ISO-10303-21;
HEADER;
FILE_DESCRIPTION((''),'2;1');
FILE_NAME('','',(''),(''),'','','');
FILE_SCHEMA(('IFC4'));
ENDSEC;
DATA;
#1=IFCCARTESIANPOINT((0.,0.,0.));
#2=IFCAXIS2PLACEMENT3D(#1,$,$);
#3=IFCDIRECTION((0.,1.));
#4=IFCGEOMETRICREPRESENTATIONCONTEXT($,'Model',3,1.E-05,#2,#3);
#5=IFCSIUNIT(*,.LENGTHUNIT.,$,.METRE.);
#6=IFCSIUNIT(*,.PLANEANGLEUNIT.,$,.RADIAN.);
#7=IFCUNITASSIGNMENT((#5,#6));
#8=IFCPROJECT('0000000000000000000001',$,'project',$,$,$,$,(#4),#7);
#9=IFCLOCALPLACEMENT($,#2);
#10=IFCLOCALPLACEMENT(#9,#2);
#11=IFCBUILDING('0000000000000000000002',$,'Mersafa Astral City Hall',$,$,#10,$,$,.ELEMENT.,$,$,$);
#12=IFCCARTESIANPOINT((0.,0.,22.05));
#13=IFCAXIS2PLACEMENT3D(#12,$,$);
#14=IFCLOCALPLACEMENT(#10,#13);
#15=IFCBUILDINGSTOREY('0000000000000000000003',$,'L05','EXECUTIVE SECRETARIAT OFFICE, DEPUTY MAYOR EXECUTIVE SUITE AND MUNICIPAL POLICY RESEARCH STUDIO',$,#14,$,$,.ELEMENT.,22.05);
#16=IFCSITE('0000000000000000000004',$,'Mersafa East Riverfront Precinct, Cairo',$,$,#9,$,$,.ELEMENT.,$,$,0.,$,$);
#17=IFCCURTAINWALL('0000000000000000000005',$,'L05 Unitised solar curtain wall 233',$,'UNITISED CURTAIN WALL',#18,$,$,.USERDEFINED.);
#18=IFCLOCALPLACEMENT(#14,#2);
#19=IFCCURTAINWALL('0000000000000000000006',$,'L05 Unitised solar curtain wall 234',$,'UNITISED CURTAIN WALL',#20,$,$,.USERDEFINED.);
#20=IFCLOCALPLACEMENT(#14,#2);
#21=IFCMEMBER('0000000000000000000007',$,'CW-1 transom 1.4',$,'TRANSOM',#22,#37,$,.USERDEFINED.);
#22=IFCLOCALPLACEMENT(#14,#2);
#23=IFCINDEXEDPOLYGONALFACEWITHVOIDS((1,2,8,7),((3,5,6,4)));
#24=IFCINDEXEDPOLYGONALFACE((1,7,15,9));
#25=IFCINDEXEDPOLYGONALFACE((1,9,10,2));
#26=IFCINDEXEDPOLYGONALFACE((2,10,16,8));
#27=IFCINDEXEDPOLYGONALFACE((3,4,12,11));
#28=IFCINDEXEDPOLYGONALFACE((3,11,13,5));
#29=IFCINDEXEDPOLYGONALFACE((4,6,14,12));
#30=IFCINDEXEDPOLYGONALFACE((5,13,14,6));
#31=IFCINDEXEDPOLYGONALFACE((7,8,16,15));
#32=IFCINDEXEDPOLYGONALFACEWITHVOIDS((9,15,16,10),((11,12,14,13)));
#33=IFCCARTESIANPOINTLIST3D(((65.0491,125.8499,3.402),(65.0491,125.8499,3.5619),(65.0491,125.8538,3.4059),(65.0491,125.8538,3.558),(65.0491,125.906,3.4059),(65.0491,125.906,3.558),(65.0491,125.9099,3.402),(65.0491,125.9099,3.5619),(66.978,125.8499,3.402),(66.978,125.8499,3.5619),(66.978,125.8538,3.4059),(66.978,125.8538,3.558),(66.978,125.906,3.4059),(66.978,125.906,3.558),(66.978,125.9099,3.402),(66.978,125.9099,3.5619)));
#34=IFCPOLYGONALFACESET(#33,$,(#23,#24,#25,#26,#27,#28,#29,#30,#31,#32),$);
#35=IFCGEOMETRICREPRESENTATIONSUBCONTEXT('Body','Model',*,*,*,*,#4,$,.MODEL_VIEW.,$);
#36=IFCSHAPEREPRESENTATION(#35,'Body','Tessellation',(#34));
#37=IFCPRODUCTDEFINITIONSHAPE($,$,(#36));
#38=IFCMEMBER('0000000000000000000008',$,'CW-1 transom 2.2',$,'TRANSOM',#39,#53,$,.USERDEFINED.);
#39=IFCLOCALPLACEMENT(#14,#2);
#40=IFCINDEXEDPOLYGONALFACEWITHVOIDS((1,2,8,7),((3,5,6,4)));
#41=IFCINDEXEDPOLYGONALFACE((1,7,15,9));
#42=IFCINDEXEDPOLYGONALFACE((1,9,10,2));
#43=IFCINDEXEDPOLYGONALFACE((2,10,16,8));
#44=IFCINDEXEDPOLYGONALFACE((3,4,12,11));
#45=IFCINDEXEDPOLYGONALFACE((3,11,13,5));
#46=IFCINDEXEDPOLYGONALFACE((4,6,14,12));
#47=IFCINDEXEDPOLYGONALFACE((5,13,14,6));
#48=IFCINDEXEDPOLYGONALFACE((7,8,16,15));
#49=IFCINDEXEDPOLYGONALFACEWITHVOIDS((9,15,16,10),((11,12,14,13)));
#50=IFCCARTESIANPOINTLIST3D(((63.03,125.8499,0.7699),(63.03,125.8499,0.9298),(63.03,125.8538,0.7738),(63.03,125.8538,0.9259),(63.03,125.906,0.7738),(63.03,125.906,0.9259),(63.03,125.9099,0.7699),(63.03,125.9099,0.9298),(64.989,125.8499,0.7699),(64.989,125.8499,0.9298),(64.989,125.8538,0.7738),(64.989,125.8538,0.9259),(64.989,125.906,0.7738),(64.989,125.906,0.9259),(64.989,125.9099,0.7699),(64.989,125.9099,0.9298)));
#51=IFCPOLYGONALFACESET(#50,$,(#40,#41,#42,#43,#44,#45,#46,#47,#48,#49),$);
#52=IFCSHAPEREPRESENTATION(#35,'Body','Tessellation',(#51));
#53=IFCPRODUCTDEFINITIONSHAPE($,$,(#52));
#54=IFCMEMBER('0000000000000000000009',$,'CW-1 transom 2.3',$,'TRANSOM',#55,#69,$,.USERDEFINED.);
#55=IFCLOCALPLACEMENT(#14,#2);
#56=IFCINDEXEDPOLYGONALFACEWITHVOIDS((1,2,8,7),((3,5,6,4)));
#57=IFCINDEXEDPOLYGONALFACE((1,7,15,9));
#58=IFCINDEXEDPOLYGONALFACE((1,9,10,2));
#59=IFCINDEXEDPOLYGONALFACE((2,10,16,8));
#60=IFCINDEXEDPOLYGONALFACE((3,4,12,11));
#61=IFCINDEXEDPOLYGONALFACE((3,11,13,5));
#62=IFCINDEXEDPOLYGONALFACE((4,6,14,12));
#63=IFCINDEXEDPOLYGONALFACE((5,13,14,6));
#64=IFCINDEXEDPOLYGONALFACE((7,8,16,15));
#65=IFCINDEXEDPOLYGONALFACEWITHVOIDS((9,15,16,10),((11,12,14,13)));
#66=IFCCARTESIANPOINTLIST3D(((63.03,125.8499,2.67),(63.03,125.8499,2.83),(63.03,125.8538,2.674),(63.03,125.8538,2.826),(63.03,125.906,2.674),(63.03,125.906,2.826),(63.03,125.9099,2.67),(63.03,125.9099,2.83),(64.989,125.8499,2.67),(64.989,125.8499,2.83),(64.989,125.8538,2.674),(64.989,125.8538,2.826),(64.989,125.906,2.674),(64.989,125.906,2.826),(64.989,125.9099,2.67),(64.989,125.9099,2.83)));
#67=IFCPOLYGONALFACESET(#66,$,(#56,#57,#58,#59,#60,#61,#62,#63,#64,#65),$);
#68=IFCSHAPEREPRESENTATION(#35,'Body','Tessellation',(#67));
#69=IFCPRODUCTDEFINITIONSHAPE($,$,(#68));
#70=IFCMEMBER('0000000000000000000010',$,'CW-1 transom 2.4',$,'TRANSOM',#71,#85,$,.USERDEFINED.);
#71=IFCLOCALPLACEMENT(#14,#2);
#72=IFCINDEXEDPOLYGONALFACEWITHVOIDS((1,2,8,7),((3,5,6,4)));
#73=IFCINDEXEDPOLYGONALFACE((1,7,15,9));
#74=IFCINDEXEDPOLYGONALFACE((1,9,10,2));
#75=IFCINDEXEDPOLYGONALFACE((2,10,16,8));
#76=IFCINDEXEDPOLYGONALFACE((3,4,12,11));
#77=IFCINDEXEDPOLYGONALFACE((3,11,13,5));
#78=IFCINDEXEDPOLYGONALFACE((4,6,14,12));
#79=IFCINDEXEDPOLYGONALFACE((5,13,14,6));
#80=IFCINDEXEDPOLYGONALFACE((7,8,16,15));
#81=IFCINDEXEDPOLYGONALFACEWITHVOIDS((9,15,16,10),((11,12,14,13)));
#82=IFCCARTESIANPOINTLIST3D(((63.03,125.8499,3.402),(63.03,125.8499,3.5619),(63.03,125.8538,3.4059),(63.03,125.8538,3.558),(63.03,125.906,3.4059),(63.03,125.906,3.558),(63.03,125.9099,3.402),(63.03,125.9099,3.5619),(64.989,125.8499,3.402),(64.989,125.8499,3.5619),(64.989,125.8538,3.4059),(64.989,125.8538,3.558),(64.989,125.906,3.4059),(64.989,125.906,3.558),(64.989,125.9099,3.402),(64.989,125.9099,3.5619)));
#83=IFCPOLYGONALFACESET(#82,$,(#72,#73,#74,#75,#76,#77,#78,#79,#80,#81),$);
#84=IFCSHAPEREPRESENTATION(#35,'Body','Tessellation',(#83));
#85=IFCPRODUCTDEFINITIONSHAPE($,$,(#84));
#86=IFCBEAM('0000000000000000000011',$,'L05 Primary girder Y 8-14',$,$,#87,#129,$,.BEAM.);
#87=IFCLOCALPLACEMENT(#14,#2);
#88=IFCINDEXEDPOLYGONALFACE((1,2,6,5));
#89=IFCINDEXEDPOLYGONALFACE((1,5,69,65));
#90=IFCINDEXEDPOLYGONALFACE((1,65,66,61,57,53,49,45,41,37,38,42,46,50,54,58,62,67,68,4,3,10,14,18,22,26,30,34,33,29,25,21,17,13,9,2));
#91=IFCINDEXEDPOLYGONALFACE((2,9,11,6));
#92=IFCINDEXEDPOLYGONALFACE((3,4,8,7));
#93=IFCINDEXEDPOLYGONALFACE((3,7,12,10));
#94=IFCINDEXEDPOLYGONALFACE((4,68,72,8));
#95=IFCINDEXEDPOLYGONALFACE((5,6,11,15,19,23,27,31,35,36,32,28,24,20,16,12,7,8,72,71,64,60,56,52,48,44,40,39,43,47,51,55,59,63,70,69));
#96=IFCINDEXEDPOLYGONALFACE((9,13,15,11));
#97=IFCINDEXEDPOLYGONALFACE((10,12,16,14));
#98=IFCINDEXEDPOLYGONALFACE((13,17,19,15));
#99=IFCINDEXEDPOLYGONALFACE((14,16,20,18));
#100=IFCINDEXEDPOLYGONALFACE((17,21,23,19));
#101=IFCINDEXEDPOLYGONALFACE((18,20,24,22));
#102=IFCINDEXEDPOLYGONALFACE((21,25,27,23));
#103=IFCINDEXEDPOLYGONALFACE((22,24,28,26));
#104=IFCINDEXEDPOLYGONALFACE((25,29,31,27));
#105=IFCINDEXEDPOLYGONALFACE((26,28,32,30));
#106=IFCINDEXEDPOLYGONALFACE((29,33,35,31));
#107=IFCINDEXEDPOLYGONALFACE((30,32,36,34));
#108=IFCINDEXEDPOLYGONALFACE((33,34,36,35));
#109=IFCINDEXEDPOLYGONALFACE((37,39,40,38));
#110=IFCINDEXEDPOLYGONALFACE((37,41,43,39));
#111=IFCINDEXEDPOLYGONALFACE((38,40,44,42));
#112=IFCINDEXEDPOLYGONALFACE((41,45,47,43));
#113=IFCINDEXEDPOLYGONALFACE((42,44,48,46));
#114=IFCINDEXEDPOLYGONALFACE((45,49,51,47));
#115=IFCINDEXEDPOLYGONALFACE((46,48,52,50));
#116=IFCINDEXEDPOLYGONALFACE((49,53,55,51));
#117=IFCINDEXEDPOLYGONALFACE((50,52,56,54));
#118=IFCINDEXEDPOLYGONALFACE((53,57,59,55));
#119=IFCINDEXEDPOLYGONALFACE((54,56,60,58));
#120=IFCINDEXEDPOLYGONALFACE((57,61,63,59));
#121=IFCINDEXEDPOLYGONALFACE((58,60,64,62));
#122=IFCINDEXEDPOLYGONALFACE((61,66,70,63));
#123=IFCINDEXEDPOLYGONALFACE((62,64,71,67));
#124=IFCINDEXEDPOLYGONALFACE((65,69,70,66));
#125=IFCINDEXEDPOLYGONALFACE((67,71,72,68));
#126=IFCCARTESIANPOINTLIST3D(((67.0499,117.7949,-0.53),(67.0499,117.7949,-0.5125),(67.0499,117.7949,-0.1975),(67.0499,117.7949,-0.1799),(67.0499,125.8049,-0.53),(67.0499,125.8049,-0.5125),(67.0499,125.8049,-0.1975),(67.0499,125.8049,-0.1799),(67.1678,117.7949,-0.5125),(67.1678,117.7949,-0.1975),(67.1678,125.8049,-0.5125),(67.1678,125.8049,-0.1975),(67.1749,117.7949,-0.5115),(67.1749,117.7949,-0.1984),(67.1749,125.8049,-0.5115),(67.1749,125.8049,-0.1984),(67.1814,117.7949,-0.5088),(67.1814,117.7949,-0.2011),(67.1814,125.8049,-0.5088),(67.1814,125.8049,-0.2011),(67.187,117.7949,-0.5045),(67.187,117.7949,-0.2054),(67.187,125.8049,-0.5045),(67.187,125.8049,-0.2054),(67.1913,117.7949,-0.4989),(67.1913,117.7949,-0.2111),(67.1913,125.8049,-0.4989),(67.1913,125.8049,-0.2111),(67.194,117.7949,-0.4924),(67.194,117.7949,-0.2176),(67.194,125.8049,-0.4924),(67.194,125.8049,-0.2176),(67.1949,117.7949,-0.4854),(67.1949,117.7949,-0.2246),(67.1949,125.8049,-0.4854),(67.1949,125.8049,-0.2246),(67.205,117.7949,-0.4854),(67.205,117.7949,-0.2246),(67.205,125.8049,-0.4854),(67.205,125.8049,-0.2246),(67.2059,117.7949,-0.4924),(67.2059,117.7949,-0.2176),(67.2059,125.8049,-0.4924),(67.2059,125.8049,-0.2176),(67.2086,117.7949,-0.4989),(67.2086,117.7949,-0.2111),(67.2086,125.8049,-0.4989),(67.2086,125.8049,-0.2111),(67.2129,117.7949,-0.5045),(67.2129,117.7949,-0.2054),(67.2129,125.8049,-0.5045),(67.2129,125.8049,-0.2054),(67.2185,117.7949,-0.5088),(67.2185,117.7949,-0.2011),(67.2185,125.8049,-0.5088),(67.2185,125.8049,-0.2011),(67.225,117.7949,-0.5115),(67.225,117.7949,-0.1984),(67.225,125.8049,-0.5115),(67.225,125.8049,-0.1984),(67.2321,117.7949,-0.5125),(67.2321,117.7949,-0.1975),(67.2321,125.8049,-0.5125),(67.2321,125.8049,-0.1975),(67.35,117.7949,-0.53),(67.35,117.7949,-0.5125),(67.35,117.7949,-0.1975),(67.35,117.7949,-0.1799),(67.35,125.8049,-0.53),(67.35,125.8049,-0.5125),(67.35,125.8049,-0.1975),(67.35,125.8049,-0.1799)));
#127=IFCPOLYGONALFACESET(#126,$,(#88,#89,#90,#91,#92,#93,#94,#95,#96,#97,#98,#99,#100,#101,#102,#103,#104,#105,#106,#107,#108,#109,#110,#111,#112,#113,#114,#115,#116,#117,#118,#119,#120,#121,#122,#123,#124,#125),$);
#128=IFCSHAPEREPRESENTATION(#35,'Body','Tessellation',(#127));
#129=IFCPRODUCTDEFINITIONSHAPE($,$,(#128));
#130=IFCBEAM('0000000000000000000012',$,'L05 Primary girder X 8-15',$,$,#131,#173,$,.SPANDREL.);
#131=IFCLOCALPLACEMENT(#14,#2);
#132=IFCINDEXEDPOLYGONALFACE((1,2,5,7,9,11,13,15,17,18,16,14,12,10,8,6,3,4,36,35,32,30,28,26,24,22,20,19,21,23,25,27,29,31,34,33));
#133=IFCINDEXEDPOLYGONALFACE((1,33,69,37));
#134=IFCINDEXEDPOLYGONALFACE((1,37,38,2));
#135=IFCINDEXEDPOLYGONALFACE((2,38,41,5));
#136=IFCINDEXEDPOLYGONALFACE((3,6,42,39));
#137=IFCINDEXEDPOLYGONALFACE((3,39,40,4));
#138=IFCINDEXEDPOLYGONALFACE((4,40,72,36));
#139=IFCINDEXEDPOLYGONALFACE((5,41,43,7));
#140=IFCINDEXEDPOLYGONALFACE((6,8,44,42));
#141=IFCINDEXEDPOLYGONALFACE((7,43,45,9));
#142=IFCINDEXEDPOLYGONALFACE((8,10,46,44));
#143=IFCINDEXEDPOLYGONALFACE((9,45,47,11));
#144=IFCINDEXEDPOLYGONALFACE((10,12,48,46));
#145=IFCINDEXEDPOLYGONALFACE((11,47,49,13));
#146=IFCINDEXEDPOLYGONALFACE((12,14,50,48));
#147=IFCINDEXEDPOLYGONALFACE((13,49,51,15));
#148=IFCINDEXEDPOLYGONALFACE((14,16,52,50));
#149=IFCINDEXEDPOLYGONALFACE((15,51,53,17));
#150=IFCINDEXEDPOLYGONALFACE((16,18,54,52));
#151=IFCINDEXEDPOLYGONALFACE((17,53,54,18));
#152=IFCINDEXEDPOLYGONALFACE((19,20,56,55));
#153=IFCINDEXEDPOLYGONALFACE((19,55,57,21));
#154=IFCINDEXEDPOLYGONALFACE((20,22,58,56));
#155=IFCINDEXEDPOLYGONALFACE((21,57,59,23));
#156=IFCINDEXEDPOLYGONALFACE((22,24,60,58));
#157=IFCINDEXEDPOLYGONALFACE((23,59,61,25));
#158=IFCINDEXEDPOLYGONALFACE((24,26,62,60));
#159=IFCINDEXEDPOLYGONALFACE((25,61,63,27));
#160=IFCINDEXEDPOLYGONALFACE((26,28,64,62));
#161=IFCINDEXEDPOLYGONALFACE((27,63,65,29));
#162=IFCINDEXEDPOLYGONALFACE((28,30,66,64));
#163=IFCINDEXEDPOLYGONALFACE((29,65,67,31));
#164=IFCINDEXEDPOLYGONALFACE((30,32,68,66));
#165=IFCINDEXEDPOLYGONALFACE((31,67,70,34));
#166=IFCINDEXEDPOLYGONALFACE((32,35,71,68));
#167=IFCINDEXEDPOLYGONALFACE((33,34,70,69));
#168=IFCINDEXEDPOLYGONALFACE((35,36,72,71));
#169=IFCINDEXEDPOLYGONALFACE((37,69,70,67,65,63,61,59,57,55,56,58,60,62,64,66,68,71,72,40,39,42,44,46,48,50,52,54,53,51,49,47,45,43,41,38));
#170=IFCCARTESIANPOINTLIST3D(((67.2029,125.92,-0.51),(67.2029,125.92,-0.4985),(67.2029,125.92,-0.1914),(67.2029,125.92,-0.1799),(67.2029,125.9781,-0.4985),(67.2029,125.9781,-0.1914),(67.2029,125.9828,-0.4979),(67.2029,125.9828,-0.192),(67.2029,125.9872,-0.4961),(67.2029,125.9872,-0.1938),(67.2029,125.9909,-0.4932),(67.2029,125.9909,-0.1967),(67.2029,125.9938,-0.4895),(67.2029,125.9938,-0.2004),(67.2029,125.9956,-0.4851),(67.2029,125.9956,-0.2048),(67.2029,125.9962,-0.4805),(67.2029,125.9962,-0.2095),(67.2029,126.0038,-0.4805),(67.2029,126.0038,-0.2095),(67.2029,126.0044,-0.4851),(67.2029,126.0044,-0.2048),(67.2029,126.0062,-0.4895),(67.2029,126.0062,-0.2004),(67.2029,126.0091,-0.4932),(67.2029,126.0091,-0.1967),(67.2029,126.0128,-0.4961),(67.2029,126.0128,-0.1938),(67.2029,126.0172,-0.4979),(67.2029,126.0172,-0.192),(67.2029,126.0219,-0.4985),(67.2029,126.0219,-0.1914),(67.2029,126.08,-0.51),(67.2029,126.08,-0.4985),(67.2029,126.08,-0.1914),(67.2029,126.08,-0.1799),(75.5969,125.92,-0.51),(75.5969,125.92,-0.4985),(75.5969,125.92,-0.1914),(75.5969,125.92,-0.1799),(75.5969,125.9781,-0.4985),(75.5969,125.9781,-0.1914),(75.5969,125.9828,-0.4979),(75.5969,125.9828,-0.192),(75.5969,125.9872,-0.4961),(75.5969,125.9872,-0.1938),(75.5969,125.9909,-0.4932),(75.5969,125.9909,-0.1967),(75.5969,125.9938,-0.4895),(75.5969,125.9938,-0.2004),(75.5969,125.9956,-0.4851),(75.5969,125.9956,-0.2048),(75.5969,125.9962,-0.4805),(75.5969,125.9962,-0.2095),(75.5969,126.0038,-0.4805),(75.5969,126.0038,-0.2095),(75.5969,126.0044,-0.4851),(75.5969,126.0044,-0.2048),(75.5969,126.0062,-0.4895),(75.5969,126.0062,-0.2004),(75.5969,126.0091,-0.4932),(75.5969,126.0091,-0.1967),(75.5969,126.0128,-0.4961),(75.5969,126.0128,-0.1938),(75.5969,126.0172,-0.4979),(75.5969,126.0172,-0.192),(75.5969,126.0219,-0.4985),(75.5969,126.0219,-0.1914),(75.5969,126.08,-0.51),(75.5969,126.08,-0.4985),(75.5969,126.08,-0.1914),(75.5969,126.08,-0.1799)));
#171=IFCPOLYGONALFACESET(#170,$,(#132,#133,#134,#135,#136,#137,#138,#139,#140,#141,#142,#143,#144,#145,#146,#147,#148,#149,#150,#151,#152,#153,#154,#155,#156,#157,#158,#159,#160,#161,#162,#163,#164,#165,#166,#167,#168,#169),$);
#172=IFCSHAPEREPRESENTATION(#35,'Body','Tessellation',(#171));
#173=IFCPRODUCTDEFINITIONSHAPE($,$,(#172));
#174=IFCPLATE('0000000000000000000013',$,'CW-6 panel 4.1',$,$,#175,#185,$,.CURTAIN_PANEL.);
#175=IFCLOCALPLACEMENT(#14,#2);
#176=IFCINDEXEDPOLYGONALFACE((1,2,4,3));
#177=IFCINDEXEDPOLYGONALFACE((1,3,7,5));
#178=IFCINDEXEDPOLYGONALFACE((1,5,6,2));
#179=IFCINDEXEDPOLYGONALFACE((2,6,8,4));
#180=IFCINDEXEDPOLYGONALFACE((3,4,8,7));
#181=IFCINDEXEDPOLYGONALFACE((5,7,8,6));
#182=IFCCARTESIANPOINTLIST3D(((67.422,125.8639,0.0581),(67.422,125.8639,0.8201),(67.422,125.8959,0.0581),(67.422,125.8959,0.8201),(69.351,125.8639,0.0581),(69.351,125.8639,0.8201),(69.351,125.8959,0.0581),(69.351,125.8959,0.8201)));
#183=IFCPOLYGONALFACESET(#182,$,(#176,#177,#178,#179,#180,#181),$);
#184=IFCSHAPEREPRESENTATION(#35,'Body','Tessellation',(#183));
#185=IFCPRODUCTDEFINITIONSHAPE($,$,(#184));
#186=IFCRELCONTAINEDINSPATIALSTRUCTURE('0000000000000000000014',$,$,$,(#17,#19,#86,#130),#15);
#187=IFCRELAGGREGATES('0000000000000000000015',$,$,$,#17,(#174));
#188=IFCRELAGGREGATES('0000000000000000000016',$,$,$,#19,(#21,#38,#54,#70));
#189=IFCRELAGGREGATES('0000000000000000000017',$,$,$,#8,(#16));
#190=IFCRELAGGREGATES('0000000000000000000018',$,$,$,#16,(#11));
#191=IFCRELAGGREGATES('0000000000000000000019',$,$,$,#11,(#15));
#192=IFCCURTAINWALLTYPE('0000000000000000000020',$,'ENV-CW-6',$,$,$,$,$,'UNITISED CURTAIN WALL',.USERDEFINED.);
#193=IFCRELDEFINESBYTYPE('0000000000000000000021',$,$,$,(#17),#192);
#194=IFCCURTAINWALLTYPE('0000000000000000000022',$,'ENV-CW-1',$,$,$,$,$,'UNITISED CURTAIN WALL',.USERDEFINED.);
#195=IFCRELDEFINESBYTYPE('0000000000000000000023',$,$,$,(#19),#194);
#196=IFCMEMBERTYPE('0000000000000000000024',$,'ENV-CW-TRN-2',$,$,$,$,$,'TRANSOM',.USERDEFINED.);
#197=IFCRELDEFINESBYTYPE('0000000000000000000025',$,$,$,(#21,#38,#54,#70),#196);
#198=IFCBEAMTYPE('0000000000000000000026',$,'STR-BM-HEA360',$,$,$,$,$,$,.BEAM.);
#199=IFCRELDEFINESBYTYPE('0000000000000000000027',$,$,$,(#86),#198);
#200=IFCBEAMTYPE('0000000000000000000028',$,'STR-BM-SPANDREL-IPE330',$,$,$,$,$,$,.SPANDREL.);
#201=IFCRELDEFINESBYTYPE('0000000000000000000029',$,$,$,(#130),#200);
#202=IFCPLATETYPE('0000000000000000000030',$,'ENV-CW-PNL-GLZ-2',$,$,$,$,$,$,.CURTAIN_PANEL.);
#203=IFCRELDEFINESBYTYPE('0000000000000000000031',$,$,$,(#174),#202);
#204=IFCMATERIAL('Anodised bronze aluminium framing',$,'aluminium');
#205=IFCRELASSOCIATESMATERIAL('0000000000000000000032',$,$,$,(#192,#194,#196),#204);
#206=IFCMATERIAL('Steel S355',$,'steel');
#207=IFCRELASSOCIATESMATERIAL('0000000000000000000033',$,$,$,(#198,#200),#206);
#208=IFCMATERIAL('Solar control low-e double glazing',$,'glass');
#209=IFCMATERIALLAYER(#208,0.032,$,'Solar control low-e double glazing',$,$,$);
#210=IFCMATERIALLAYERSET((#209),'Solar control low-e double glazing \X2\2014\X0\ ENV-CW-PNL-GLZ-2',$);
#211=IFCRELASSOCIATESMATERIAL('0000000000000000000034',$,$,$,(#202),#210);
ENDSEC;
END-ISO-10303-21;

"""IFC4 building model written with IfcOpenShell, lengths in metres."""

from ifc_helpers import new_model, si_unit, direction, frame, origin, origin_2d, place, context, subcontext, project, spatial, rectangle, hollow_rectangle, i_section, extrude, material, layer, layer_set, material_profile, profile_set, type_object, element, aggregate, save


model = new_model("IFC4")

# Units and contexts
model_context = context("Model", 3, precision=1e-05, world=origin(), true_north=direction((0.0, 1.0)))
body_context = subcontext(model_context, "Body", "Model", "MODEL_VIEW")
ifc_project = project(units=[si_unit("LENGTHUNIT", "METRE"), si_unit("PLANEANGLEUNIT", "RADIAN")], contexts=[model_context])

# Site, building, storey
site_placement = place(None, origin())
site = spatial("IfcSite", under=ifc_project, at=site_placement, Name="Mersafa East Riverfront Precinct, Cairo", CompositionType="ELEMENT", RefElevation=0.0)
building_placement = place(site_placement, origin())
building = spatial("IfcBuilding", under=site, at=building_placement, Name="Mersafa Astral City Hall", CompositionType="ELEMENT")
storey_placement = place(building_placement, frame((0.0, 0.0, 22.05)))
storey = spatial("IfcBuildingStorey", under=building, at=storey_placement, Name="L05", Description="EXECUTIVE SECRETARIAT OFFICE, DEPUTY MAYOR EXECUTIVE SUITE AND MUNICIPAL POLICY RESEARCH STUDIO", CompositionType="ELEMENT", Elevation=22.05)

# Shared definitions
ifc_material_1 = material(Name="Steel S355", Category="steel")

# Curtain wall
ifc_material_2 = material(Name="Anodised bronze aluminium framing", Category="aluminium")
curtain_wall_type_1 = type_object("IfcCurtainWallType", Name="ENV-CW-6", ElementType="UNITISED CURTAIN WALL", PredefinedType="USERDEFINED", material=ifc_material_2)
curtain_wall_1_placement = place(storey_placement, origin())
curtain_wall_1 = element("IfcCurtainWall", 1, at=curtain_wall_1_placement, inside=storey, type_object=curtain_wall_type_1, Name="L05 Unitised solar curtain wall 233", ObjectType="UNITISED CURTAIN WALL", PredefinedType="USERDEFINED")

# Curtain wall
curtain_wall_type_2 = type_object("IfcCurtainWallType", Name="ENV-CW-1", ElementType="UNITISED CURTAIN WALL", PredefinedType="USERDEFINED", material=ifc_material_2)
curtain_wall_2_placement = place(storey_placement, origin())
curtain_wall_2 = element("IfcCurtainWall", 2, at=curtain_wall_2_placement, inside=storey, type_object=curtain_wall_type_2, Name="L05 Unitised solar curtain wall 234", ObjectType="UNITISED CURTAIN WALL", PredefinedType="USERDEFINED")

# Members
ifc_material_profile_1 = material_profile(ifc_material_2, hollow_rectangle(XDim=0.0601, YDim=0.1599, WallThickness=0.0039, at=origin_2d()), Name="RHS 60x160x4")
ifc_profile_set_1 = profile_set([ifc_material_profile_1], Name="Anodised bronze aluminium framing")
member_type_1 = type_object("IfcMemberType", Name="ENV-CW-TRN-2", ElementType="TRANSOM", PredefinedType="USERDEFINED", material=ifc_profile_set_1)
member_1_placement = place(storey_placement, frame((66.978, 125.8799, 3.4819), z_axis=(-1.0, 0.0, 0.0), x_axis=(0.0, -1.0, 0.0)))
member_1 = element("IfcMember", 3, at=member_1_placement, type_object=member_type_1, Name="CW-1 transom 1.4", ObjectType="TRANSOM", PredefinedType="USERDEFINED", context=body_context, shape_type="SweptSolid", body=[
    extrude(hollow_rectangle(XDim=0.0601, YDim=0.1599, WallThickness=0.0039, at=origin_2d()), origin(), (0.0, 0.0, 1.0), 1.929),
])
member_2_placement = place(storey_placement, frame((64.989, 125.8799, 0.8499), z_axis=(-1.0, 0.0, 0.0), x_axis=(0.0, -1.0, 0.0)))
member_2 = element("IfcMember", 4, at=member_2_placement, type_object=member_type_1, Name="CW-1 transom 2.2", ObjectType="TRANSOM", PredefinedType="USERDEFINED", context=body_context, shape_type="SweptSolid", body=[
    extrude(hollow_rectangle(XDim=0.0601, YDim=0.1599, WallThickness=0.0039, at=origin_2d()), origin(), (0.0, 0.0, 1.0), 1.959),
])
member_3_placement = place(storey_placement, frame((64.989, 125.8799, 2.75), z_axis=(-1.0, 0.0, 0.0), x_axis=(0.0, -1.0, 0.0)))
member_3 = element("IfcMember", 5, at=member_3_placement, type_object=member_type_1, Name="CW-1 transom 2.3", ObjectType="TRANSOM", PredefinedType="USERDEFINED", context=body_context, shape_type="SweptSolid", body=[
    extrude(hollow_rectangle(XDim=0.0601, YDim=0.1599, WallThickness=0.0039, at=origin_2d()), origin(), (0.0, 0.0, 1.0), 1.959),
])
member_4_placement = place(storey_placement, frame((64.989, 125.8799, 3.4819), z_axis=(-1.0, 0.0, 0.0), x_axis=(0.0, -1.0, 0.0)))
member_4 = element("IfcMember", 6, at=member_4_placement, type_object=member_type_1, Name="CW-1 transom 2.4", ObjectType="TRANSOM", PredefinedType="USERDEFINED", context=body_context, shape_type="SweptSolid", body=[
    extrude(hollow_rectangle(XDim=0.0601, YDim=0.1599, WallThickness=0.0039, at=origin_2d()), origin(), (0.0, 0.0, 1.0), 1.959),
])

# Beams
ifc_material_profile_2 = material_profile(ifc_material_1, i_section(OverallWidth=0.3, OverallDepth=0.3501, WebThickness=0.01, FlangeThickness=0.0176, FilletRadius=0.0271, at=origin_2d()), Name="HEA 360")
ifc_profile_set_2 = profile_set([ifc_material_profile_2], Name="Steel S355")
beam_type_1 = type_object("IfcBeamType", Name="STR-BM-HEA360", PredefinedType="BEAM", material=ifc_profile_set_2)
beam_1_placement = place(storey_placement, frame((67.2, 117.7949, -0.355), z_axis=(0.0, 1.0, 0.0), x_axis=(-1.0, 0.0, 0.0)))
element("IfcBeam", 7, at=beam_1_placement, inside=storey, type_object=beam_type_1, Name="L05 Primary girder Y 8-14", PredefinedType="BEAM", context=body_context, shape_type="SweptSolid", body=[
    extrude(i_section(OverallWidth=0.3, OverallDepth=0.3501, WebThickness=0.01, FlangeThickness=0.0176, FilletRadius=0.0271, at=origin_2d()), origin(), (0.0, 0.0, 1.0), 8.01),
])
ifc_material_profile_3 = material_profile(ifc_material_1, i_section(OverallWidth=0.1599, OverallDepth=0.3301, WebThickness=0.0076, FlangeThickness=0.0115, FilletRadius=0.0181, at=origin_2d()), Name="IPE 330")
ifc_profile_set_3 = profile_set([ifc_material_profile_3], Name="Steel S355")
beam_type_2 = type_object("IfcBeamType", Name="STR-BM-SPANDREL-IPE330", PredefinedType="SPANDREL", material=ifc_profile_set_3)
beam_2_placement = place(storey_placement, frame((67.2029, 126.0, -0.345), z_axis=(1.0, 0.0, 0.0), x_axis=(0.0, 1.0, 0.0)))
element("IfcBeam", 8, at=beam_2_placement, inside=storey, type_object=beam_type_2, Name="L05 Primary girder X 8-15", PredefinedType="SPANDREL", context=body_context, shape_type="SweptSolid", body=[
    extrude(i_section(OverallWidth=0.1599, OverallDepth=0.3301, WebThickness=0.0076, FlangeThickness=0.0115, FilletRadius=0.0181, at=origin_2d()), origin(), (0.0, 0.0, 1.0), 8.394),
])

# Plate
ifc_material_3 = material(Name="Solar control low-e double glazing", Category="glass")
ifc_layer_1 = layer(ifc_material_3, 0.032, Name="Solar control low-e double glazing")
ifc_layer_set_1 = layer_set([ifc_layer_1], Name="Solar control low-e double glazing — ENV-CW-PNL-GLZ-2")
plate_type_1 = type_object("IfcPlateType", Name="ENV-CW-PNL-GLZ-2", PredefinedType="CURTAIN_PANEL", material=ifc_layer_set_1)
plate_1_placement = place(storey_placement, frame((68.3865, 125.8799, 0.0581), z_axis=(0.0, 0.0, 1.0), x_axis=(-1.0, 0.0, 0.0)))
plate_1 = element("IfcPlate", 9, at=plate_1_placement, type_object=plate_type_1, Name="CW-6 panel 4.1", PredefinedType="CURTAIN_PANEL", context=body_context, shape_type="SweptSolid", body=[
    extrude(rectangle(XDim=1.929, YDim=0.032, at=origin_2d()), origin(), (0.0, 0.0, 1.0), 0.762),
])
aggregate(curtain_wall_1, [plate_1])
aggregate(curtain_wall_2, [member_1, member_2, member_3, member_4])

save(model, "model.ifc")
